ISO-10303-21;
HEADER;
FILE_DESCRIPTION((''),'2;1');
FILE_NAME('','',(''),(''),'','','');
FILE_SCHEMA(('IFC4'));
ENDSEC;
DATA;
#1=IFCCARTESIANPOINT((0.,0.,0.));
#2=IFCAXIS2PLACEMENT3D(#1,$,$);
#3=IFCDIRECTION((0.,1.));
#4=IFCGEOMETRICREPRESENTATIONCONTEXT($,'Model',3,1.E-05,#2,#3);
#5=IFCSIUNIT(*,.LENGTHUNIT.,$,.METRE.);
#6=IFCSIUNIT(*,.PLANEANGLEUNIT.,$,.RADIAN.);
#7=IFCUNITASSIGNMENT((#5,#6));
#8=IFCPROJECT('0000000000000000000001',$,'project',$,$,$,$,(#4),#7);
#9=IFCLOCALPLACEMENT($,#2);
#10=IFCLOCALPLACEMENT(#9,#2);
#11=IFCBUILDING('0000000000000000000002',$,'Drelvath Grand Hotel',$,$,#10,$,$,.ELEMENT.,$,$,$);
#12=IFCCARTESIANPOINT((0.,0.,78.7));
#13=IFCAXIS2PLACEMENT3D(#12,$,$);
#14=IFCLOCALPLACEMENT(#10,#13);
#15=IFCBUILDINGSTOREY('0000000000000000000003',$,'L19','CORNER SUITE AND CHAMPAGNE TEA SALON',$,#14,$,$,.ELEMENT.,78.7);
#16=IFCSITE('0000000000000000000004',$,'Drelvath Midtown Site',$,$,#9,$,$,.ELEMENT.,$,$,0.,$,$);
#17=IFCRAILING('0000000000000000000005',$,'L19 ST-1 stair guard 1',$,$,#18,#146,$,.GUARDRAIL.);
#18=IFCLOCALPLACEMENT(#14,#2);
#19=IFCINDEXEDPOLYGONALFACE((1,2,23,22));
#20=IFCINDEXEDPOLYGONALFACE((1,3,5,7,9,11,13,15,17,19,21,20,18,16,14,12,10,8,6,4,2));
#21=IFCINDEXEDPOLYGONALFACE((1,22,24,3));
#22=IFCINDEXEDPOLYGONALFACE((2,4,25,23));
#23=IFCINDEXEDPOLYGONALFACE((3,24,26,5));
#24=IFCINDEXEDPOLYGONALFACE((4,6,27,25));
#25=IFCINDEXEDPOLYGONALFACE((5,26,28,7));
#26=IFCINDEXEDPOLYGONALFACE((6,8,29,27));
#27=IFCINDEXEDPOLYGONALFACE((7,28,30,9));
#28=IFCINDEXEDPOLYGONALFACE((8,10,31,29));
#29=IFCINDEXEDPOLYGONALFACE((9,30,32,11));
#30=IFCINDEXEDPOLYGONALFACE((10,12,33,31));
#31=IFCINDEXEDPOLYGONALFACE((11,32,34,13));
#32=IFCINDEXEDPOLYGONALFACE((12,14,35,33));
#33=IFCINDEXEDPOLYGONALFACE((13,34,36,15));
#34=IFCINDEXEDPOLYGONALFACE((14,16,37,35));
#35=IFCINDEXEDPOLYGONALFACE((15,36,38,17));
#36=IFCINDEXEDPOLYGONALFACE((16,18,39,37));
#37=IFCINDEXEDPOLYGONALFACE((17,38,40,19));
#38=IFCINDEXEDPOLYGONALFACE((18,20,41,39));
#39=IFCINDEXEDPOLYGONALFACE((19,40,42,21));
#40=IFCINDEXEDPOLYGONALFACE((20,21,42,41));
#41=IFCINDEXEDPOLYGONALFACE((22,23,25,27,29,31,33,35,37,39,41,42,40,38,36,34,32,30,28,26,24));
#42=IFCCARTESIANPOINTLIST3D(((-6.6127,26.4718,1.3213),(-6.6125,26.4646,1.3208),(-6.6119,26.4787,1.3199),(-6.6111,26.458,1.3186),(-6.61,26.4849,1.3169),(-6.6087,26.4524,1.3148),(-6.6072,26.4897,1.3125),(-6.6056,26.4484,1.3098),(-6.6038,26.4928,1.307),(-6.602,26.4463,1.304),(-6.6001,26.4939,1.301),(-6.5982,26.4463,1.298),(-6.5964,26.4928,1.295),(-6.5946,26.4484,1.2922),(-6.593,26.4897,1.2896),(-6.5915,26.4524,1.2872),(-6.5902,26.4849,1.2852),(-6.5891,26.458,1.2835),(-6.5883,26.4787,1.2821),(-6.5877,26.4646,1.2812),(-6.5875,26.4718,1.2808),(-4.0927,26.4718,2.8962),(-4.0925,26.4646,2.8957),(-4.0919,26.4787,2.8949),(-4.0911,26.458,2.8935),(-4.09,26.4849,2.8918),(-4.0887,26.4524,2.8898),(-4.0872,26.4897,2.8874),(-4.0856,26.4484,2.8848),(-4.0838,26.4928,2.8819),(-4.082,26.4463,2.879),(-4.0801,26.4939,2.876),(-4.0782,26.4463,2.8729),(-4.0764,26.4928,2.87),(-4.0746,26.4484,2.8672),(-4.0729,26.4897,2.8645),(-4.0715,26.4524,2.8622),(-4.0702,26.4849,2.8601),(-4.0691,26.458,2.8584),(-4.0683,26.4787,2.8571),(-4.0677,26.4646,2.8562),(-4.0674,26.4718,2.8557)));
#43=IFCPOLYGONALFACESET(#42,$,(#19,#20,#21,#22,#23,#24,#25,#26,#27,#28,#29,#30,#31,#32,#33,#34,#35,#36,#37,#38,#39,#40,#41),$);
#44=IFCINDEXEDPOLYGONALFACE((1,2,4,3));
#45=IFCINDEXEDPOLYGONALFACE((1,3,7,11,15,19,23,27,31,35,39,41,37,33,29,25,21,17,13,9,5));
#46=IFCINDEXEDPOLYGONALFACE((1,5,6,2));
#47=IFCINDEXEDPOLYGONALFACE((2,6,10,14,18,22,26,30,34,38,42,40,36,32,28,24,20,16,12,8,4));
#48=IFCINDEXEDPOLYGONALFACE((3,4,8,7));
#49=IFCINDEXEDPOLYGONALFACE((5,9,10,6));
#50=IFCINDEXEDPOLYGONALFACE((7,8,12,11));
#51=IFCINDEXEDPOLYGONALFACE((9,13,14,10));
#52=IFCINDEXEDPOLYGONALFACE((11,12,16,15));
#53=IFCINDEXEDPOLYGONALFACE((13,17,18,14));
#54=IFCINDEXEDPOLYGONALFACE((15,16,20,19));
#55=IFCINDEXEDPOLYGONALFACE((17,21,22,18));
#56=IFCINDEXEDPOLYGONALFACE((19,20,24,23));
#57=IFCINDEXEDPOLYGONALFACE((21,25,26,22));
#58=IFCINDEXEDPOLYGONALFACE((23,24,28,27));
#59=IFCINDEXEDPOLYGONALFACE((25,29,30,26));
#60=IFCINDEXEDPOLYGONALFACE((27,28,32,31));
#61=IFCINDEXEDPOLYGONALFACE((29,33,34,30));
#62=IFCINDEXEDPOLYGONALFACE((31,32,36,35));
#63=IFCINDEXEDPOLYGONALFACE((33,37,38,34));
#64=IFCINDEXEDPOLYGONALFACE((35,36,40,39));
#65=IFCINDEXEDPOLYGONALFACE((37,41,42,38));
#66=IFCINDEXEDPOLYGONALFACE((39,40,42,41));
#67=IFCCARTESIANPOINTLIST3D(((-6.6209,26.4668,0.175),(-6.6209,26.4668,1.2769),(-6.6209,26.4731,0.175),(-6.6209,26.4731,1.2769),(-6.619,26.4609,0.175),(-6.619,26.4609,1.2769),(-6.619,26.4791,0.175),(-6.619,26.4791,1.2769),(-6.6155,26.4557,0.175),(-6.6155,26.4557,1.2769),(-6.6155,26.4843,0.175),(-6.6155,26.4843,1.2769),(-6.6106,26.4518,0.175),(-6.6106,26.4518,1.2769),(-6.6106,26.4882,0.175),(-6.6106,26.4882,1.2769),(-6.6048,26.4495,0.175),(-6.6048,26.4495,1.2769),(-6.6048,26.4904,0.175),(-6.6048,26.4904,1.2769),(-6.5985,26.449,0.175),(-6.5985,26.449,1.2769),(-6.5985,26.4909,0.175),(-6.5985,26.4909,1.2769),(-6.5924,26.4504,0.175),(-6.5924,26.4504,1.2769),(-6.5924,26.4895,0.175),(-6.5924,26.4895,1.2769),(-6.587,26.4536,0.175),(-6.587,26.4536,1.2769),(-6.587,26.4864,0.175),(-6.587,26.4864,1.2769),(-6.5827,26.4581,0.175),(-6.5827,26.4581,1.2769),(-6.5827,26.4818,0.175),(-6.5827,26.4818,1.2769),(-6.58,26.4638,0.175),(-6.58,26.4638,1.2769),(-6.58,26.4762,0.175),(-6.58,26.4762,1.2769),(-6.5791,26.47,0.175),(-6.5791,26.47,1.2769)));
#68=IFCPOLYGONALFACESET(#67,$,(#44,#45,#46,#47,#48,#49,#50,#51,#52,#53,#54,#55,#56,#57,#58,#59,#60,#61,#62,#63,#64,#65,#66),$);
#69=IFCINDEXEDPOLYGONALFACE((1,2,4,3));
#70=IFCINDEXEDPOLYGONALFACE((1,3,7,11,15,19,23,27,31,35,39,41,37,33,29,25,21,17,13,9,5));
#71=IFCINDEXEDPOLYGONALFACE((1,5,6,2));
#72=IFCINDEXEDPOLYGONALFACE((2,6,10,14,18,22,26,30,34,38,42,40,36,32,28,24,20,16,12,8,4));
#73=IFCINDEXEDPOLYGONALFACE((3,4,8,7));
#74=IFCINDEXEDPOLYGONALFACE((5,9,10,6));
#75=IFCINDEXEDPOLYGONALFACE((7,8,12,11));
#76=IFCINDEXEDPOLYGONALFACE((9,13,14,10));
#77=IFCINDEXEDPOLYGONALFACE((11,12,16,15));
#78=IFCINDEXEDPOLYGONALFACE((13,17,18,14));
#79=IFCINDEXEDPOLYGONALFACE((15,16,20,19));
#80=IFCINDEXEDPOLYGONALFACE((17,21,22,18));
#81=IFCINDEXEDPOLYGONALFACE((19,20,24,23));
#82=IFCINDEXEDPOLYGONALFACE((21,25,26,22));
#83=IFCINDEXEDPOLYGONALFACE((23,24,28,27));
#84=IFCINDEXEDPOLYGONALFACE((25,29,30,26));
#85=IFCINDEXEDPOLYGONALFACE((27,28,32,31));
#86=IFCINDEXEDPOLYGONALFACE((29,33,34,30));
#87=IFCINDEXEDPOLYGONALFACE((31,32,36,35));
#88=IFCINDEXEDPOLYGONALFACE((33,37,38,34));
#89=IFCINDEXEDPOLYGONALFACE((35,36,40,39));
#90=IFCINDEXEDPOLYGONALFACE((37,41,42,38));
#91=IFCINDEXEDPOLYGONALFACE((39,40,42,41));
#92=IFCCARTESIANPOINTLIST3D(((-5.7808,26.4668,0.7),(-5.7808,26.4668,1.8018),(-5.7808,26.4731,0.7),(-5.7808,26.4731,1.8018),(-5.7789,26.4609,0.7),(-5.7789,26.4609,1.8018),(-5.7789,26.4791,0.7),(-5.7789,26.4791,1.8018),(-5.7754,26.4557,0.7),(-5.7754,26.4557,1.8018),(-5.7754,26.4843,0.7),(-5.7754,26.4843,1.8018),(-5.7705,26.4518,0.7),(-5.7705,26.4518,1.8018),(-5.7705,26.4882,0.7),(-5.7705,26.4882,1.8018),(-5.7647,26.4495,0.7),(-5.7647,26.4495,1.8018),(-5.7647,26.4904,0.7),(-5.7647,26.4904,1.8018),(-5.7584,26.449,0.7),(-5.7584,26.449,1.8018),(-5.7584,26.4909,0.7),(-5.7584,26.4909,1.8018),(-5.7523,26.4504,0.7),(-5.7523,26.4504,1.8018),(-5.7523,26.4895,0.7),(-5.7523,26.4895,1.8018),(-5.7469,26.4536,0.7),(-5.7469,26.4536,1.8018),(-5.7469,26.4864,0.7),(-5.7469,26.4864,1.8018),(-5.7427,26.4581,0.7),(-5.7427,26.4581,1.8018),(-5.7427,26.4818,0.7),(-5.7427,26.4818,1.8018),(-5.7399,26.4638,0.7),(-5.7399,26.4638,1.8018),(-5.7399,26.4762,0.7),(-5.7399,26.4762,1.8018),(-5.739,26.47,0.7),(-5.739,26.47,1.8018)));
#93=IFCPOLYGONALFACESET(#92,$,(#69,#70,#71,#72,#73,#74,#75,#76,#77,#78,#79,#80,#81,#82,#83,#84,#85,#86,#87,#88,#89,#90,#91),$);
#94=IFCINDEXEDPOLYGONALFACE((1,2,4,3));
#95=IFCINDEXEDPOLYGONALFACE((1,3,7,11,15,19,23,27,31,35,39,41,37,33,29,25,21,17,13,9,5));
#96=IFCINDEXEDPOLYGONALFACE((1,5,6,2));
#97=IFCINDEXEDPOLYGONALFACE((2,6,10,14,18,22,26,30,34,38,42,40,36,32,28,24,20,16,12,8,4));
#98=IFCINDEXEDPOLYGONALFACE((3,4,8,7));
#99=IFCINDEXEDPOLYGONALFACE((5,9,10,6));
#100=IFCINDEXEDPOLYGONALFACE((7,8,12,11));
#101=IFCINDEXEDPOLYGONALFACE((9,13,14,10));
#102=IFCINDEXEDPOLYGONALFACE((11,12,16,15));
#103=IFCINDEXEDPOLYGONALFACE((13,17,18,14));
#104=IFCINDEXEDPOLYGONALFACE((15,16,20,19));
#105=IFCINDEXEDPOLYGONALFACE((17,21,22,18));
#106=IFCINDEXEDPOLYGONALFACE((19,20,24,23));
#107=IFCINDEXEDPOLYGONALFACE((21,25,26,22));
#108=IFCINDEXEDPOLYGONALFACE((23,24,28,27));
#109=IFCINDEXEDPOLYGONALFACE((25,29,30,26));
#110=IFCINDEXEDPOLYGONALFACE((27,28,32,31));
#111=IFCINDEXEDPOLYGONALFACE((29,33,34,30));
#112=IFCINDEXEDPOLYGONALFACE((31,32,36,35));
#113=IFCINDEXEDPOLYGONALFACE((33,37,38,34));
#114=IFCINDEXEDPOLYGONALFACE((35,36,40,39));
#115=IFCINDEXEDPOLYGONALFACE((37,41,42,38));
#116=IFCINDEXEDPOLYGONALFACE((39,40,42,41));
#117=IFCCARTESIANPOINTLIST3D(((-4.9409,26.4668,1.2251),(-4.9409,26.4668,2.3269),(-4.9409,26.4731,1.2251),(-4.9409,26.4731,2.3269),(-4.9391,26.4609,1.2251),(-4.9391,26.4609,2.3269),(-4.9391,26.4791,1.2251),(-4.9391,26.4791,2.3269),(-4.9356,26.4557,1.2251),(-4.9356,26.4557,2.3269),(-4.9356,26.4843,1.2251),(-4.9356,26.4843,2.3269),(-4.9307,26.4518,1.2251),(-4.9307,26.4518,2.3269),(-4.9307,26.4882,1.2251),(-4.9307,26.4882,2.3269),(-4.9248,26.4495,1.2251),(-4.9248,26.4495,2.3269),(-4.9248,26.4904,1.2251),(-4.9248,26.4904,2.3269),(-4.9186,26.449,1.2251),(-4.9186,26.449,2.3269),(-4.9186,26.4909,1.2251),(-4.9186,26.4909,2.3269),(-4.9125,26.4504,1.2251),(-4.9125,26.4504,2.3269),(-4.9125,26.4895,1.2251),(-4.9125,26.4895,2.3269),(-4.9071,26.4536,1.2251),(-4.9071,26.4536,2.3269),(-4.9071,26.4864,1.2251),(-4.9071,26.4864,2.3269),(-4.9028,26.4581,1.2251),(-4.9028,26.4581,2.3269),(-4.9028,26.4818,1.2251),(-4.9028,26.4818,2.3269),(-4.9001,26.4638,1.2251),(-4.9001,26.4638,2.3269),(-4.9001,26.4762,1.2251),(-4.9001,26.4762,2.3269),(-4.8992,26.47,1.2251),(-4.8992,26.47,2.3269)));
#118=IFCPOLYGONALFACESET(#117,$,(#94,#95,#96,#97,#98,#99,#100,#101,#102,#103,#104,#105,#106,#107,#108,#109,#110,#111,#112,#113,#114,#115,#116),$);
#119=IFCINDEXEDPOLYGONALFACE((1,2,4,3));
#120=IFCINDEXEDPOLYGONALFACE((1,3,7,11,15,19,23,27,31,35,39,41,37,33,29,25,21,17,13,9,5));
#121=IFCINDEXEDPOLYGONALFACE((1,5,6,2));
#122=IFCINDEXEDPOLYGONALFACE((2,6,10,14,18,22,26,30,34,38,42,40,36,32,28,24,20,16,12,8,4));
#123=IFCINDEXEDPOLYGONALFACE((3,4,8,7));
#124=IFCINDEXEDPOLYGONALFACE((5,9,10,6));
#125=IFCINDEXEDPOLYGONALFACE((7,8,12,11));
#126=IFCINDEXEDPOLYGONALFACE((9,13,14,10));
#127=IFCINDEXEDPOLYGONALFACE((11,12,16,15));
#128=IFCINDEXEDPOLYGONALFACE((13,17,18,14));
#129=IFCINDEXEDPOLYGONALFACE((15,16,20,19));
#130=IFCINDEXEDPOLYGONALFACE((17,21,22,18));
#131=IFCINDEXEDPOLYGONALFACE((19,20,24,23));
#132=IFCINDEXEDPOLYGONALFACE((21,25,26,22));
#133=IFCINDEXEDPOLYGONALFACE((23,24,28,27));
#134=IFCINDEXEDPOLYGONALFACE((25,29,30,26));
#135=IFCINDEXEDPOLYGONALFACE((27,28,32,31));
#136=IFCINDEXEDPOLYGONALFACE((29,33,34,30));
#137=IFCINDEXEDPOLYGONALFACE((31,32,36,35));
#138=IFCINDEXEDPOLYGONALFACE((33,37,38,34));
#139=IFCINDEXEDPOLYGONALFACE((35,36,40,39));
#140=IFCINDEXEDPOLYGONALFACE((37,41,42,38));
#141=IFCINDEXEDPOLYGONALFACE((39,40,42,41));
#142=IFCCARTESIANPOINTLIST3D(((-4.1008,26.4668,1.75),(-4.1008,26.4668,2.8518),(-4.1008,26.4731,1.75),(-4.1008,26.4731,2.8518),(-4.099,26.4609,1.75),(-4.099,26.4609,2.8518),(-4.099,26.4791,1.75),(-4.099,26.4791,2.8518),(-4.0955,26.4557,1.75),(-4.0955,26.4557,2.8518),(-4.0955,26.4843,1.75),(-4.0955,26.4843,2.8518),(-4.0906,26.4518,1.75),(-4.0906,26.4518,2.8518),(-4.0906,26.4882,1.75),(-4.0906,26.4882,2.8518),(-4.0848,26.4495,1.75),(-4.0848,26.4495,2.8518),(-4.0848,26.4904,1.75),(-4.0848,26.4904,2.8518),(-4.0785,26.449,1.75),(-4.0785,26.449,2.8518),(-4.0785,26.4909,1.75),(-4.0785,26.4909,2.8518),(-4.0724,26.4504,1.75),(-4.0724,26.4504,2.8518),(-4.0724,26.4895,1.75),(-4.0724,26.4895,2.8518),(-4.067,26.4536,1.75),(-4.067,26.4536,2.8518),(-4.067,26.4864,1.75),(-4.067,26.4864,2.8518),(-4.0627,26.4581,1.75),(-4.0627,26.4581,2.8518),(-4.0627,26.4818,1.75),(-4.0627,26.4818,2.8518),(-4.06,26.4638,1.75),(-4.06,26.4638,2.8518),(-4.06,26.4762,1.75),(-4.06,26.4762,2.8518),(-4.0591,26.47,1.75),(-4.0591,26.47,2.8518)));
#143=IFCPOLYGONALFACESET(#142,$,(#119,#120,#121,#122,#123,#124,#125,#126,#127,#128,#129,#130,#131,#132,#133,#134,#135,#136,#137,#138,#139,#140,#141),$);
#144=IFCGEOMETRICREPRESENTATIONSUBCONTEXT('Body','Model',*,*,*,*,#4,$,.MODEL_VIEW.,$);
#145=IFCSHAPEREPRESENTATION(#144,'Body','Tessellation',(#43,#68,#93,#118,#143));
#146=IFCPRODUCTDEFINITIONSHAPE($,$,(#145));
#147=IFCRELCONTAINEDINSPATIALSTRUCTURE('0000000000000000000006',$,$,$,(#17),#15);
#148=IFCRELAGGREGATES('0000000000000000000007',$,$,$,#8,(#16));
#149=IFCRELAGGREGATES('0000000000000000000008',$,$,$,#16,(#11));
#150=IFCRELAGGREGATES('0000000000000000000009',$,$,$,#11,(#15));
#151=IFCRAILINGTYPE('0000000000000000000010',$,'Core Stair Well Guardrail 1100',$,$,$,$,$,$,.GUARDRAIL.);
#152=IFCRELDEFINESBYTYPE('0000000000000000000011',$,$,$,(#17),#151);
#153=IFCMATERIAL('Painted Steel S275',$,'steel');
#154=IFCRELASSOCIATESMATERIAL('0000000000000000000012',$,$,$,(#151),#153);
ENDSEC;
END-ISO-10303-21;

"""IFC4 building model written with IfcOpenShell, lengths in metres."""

from ifc_helpers import new_model, si_unit, direction, frame, origin, origin_2d, place, context, subcontext, project, spatial, circle, extrude, material, type_object, element, save


model = new_model("IFC4")

# Units and contexts
model_context = context("Model", 3, precision=1e-05, world=origin(), true_north=direction((0.0, 1.0)))
body_context = subcontext(model_context, "Body", "Model", "MODEL_VIEW")
ifc_project = project(units=[si_unit("LENGTHUNIT", "METRE"), si_unit("PLANEANGLEUNIT", "RADIAN")], contexts=[model_context])

# Site, building, storey
site_placement = place(None, origin())
site = spatial("IfcSite", under=ifc_project, at=site_placement, Name="Drelvath Midtown Site", CompositionType="ELEMENT", RefElevation=0.0)
building_placement = place(site_placement, origin())
building = spatial("IfcBuilding", under=site, at=building_placement, Name="Drelvath Grand Hotel", CompositionType="ELEMENT")
storey_placement = place(building_placement, frame((0.0, 0.0, 78.7)))
storey = spatial("IfcBuildingStorey", under=building, at=storey_placement, Name="L19", Description="CORNER SUITE AND CHAMPAGNE TEA SALON", CompositionType="ELEMENT", Elevation=78.7)

# Shared definitions
ifc_material_1 = material(Name="Painted Steel S275", Category="steel")

# Railing
railing_type_1 = type_object("IfcRailingType", Name="Core Stair Well Guardrail 1100", PredefinedType="GUARDRAIL", material=ifc_material_1)
railing_1_placement = place(storey_placement, frame((-6.6001, 26.47, 0.175)))
element("IfcRailing", 1, at=railing_1_placement, inside=storey, type_object=railing_type_1, Name="L19 ST-1 stair guard 1", PredefinedType="GUARDRAIL", context=body_context, shape_type="SweptSolid", body=[
    extrude(circle(Radius=0.0239, at=origin_2d()), frame((0.0, 0.0, 1.126), z_axis=(0.848008, 0.0, 0.529984), x_axis=(0.0, 1.0, 0.0)), (0.0, 0.0, 1.0), 2.9717),
    extrude(circle(Radius=0.021, at=origin_2d()), origin(), (0.0, 0.0, 1.0), 1.1018),
    extrude(circle(Radius=0.021, at=origin_2d()), frame((0.8401, 0.0, 0.5249)), (0.0, 0.0, 1.0), 1.1018),
    extrude(circle(Radius=0.021, at=origin_2d()), frame((1.6799, 0.0, 1.05)), (0.0, 0.0, 1.0), 1.1018),
    extrude(circle(Radius=0.021, at=origin_2d()), frame((2.52, 0.0, 1.575)), (0.0, 0.0, 1.0), 1.1018),
])

save(model, "model.ifc")
